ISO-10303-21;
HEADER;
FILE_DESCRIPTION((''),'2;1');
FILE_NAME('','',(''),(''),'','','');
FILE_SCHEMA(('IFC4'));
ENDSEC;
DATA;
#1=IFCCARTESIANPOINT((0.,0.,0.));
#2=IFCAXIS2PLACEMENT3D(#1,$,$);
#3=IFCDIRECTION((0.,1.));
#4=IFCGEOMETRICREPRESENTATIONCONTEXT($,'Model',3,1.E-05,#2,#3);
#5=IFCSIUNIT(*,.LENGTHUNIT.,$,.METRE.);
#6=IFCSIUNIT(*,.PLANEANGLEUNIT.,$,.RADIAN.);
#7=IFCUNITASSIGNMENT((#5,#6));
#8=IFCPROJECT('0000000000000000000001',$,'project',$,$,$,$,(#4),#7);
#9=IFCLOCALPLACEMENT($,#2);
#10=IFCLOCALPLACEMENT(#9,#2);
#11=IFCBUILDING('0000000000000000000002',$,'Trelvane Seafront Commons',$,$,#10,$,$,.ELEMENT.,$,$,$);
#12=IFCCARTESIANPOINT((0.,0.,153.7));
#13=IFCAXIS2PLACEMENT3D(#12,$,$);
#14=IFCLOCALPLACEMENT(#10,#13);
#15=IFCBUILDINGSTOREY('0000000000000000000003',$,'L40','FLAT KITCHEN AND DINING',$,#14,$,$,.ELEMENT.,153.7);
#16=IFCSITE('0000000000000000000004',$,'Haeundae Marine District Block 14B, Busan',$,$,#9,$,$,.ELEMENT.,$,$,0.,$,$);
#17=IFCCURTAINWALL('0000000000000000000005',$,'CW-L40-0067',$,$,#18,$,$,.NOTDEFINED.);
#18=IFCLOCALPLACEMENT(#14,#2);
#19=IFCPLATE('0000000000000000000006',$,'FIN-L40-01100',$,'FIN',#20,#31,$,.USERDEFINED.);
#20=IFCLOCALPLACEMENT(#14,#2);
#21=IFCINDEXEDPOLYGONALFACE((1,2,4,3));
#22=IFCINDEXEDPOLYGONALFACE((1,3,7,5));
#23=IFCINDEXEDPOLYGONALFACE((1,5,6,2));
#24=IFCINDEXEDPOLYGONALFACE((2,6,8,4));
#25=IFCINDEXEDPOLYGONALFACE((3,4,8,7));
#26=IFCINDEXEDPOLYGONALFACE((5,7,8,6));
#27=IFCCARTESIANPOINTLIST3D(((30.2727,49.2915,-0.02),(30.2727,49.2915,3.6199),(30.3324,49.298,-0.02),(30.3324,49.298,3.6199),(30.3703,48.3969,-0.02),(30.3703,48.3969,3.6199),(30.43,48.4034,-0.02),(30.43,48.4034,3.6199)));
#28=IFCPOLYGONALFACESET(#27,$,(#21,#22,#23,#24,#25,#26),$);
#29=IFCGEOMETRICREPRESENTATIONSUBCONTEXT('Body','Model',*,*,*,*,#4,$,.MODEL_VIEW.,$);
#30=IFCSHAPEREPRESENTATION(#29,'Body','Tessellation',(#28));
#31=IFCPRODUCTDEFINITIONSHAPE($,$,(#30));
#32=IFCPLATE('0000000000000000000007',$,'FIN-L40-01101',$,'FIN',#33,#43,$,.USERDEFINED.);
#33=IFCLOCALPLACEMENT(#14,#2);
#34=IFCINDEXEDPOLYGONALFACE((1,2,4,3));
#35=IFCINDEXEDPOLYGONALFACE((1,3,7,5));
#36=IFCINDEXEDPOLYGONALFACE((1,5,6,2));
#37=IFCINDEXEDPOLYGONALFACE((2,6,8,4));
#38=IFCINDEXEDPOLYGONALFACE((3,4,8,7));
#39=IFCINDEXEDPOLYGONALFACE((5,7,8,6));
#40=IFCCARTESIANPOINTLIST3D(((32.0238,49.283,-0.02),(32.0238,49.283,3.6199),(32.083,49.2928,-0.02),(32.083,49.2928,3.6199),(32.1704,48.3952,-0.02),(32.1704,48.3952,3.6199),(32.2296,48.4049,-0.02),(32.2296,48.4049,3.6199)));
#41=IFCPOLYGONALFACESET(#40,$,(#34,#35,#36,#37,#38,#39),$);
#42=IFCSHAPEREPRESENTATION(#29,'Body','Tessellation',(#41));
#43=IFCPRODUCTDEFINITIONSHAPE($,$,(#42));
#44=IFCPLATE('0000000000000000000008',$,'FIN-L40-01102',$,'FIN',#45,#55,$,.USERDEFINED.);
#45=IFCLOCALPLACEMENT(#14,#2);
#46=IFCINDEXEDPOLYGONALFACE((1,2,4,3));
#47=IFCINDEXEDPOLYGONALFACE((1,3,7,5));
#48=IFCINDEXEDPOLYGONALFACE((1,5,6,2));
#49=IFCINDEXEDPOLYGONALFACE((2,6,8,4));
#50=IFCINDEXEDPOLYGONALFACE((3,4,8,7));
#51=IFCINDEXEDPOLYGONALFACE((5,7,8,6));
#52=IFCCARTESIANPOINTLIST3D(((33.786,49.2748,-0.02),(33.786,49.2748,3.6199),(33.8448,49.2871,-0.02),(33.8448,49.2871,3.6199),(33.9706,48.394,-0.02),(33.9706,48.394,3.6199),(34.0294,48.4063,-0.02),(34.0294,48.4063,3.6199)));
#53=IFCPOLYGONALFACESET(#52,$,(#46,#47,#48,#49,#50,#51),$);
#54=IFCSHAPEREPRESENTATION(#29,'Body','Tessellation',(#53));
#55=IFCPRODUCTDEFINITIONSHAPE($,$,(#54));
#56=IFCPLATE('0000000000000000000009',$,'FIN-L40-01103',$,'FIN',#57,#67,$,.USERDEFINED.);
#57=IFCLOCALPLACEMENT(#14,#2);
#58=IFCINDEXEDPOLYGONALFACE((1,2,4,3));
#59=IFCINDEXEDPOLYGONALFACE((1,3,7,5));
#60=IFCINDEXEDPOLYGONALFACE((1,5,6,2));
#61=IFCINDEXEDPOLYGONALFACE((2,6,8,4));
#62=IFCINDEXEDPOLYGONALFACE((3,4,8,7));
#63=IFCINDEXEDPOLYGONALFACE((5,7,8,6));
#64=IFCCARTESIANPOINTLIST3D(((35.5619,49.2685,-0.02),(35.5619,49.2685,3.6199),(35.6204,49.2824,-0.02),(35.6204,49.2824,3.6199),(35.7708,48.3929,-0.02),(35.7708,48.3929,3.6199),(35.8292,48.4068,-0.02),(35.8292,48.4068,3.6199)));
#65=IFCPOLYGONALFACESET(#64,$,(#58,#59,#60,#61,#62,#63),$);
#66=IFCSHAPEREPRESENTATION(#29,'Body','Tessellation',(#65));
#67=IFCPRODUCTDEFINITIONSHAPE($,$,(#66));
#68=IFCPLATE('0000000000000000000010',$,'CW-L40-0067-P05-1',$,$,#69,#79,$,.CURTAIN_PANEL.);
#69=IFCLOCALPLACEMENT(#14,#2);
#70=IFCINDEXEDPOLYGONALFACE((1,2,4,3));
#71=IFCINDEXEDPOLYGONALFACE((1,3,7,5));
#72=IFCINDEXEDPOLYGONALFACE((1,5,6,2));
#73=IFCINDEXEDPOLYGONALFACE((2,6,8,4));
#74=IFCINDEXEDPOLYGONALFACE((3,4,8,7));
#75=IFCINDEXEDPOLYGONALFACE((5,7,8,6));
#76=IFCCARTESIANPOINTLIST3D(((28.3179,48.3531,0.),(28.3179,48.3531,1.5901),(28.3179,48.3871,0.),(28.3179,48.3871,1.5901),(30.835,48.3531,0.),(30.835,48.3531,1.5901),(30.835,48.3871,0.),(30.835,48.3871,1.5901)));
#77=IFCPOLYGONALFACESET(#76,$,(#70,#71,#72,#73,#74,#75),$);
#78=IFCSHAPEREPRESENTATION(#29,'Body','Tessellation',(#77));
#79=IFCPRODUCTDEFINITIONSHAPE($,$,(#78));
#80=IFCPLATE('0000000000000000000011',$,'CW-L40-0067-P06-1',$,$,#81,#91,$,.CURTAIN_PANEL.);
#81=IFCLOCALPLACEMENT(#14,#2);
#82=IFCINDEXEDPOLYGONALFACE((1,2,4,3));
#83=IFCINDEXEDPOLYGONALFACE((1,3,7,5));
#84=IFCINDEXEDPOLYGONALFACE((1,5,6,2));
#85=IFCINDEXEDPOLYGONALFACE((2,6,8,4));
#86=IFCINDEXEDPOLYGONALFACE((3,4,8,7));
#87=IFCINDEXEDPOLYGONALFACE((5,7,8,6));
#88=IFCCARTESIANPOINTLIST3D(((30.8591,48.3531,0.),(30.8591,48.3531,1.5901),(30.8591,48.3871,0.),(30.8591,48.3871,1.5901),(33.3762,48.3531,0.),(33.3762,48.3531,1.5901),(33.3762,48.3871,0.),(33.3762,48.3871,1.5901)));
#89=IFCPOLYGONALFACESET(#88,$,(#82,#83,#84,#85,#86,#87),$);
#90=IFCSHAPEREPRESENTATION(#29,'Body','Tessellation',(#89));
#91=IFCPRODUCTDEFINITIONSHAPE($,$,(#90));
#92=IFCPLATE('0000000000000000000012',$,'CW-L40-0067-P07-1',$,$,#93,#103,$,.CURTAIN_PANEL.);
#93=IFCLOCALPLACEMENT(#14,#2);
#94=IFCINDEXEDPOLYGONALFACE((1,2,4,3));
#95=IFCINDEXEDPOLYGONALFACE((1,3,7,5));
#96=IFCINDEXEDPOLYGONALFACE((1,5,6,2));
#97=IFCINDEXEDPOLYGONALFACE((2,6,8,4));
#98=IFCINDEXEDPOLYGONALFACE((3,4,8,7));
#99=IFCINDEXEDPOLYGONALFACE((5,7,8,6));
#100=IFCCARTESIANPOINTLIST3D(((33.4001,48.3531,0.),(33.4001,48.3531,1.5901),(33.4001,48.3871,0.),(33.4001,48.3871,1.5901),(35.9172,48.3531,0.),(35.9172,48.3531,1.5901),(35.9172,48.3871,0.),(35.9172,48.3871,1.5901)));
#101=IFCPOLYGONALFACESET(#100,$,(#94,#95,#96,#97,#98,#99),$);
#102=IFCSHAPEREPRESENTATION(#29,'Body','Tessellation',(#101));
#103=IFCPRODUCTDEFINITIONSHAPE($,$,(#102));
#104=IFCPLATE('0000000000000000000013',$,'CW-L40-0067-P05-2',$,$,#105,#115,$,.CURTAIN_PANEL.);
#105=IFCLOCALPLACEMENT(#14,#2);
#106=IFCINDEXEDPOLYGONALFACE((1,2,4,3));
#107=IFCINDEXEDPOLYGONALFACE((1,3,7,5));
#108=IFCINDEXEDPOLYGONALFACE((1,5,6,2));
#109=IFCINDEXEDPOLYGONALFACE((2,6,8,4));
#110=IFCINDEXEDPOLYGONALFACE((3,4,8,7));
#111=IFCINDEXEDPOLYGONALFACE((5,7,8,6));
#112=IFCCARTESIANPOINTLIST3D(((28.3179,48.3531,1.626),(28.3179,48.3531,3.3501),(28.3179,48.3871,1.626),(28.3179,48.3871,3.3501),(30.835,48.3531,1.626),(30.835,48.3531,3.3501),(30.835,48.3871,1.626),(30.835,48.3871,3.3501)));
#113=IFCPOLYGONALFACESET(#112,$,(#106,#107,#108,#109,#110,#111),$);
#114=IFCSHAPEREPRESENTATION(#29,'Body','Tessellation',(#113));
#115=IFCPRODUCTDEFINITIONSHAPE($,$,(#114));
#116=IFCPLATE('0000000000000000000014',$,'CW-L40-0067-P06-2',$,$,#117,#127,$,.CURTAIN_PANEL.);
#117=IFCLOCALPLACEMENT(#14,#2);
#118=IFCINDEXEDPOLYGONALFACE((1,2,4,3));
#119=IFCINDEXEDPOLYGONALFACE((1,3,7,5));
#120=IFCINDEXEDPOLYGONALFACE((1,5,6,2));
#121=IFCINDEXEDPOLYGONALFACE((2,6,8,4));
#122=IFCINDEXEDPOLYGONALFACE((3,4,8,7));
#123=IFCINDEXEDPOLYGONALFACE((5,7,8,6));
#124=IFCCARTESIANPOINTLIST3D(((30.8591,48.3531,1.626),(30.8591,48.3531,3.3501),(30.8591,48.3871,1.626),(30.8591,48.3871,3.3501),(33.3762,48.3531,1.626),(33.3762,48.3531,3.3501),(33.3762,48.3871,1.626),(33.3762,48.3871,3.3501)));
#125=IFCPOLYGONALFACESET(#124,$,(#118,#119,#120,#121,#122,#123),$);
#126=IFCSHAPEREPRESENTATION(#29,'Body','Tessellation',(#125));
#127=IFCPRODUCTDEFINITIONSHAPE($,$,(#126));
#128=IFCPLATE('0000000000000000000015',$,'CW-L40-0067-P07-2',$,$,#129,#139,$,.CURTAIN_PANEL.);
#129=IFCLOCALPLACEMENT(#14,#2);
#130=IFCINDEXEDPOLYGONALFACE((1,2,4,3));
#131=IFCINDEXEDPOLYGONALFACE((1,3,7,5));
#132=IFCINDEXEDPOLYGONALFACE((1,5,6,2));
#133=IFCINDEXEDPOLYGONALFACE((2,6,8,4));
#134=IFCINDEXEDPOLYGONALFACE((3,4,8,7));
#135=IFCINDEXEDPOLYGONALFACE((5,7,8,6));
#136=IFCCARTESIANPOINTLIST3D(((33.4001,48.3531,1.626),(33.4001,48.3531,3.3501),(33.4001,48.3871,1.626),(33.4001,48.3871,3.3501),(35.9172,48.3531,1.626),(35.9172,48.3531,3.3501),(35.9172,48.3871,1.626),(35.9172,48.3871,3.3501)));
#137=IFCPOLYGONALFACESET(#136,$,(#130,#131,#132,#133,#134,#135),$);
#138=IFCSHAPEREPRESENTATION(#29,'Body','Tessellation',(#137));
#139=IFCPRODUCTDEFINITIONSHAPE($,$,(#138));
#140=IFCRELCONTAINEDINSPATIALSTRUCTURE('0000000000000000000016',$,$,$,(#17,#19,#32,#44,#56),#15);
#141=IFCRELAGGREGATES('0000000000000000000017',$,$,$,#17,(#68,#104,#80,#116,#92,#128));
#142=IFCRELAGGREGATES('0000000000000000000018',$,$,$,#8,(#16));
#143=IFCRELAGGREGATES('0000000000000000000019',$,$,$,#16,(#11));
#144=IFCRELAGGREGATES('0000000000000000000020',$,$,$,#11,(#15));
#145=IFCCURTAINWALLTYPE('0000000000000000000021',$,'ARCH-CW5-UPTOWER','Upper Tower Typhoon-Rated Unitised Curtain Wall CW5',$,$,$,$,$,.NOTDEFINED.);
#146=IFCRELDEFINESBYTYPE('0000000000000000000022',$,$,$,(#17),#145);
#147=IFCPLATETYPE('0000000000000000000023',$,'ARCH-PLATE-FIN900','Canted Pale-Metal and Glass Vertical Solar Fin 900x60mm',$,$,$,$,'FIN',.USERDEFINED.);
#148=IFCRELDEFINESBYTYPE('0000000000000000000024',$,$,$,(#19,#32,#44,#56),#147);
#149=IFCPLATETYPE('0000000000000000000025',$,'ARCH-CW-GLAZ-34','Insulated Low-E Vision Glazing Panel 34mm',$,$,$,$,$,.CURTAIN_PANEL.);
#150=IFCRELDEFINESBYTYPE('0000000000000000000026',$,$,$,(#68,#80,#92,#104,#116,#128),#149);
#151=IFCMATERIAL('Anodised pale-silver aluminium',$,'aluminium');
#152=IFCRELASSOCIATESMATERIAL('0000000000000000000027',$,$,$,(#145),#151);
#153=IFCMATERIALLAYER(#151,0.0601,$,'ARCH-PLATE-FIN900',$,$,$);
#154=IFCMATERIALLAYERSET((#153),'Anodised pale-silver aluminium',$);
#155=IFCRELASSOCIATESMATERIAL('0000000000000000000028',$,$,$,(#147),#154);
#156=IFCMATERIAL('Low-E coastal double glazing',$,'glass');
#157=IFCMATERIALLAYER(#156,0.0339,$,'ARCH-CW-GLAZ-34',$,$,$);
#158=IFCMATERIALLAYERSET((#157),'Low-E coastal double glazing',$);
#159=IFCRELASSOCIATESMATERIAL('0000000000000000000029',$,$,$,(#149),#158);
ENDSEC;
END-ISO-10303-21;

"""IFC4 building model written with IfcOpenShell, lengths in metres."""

from ifc_helpers import new_model, si_unit, direction, frame, origin, origin_2d, place, context, subcontext, project, spatial, rectangle, extrude, source, transform, mapped, material, layer, layer_set, type_object, element, aggregate, save


model = new_model("IFC4")

# Units and contexts
model_context = context("Model", 3, precision=1e-05, world=origin(), true_north=direction((0.0, 1.0)))
body_context = subcontext(model_context, "Body", "Model", "MODEL_VIEW")
ifc_project = project(units=[si_unit("LENGTHUNIT", "METRE"), si_unit("PLANEANGLEUNIT", "RADIAN")], contexts=[model_context])

# Site, building, storey
site_placement = place(None, origin())
site = spatial("IfcSite", under=ifc_project, at=site_placement, Name="Haeundae Marine District Block 14B, Busan", CompositionType="ELEMENT", RefElevation=0.0)
building_placement = place(site_placement, origin())
building = spatial("IfcBuilding", under=site, at=building_placement, Name="Trelvane Seafront Commons", CompositionType="ELEMENT")
storey_placement = place(building_placement, frame((0.0, 0.0, 153.7)))
storey = spatial("IfcBuildingStorey", under=building, at=storey_placement, Name="L40", Description="FLAT KITCHEN AND DINING", CompositionType="ELEMENT", Elevation=153.7)

# Curtain wall
ifc_material_1 = material(Name="Anodised pale-silver aluminium", Category="aluminium")
curtain_wall_type = type_object("IfcCurtainWallType", Name="ARCH-CW5-UPTOWER", Description="Upper Tower Typhoon-Rated Unitised Curtain Wall CW5", PredefinedType="NOTDEFINED", material=ifc_material_1)
curtain_wall_placement = place(storey_placement, origin())
curtain_wall = element("IfcCurtainWall", 1, at=curtain_wall_placement, inside=storey, type_object=curtain_wall_type, Name="CW-L40-0067", PredefinedType="NOTDEFINED")

# Plates
ifc_layer_1 = layer(ifc_material_1, 0.0601, Name="ARCH-PLATE-FIN900")
ifc_layer_set_1 = layer_set([ifc_layer_1], Name="Anodised pale-silver aluminium")
plate_type_1 = type_object("IfcPlateType", Name="ARCH-PLATE-FIN900", Description="Canted Pale-Metal and Glass Vertical Solar Fin 900x60mm", ElementType="FIN", PredefinedType="USERDEFINED", material=ifc_layer_set_1)
shared_shape_1 = source(origin(), body_context, "Body", "SweptSolid", [
    extrude(rectangle(XDim=0.8999, YDim=0.0601, at=origin_2d()), origin(), (0.0, 0.0, 1.0), 3.6399),
])
for number, where, z_axis, x_axis, name in (
    (2, (30.3513, 48.8474, -0.02), (0.0, 0.0, 1.0), (-0.108444, 0.994103, 0.0), "FIN-L40-01100"),
    (3, (32.1267, 48.844, -0.02), (0.0, 0.0, 1.0), (-0.162885, 0.986645, 0.0), "FIN-L40-01101"),
    (4, (33.9077, 48.8406, -0.02), (0.0, 0.0, 1.0), (-0.205103, 0.97874, 0.0), "FIN-L40-01102"),
):
    element("IfcPlate", number, at=place(storey_placement, frame(where, z_axis=z_axis, x_axis=x_axis)), inside=storey, type_object=plate_type_1, Name=name, ObjectType="FIN", PredefinedType="USERDEFINED", context=body_context, shape_type="MappedRepresentation", body=[
        mapped(shared_shape_1, transform((0.0, 0.0, 0.0), x_axis=(1.0, 0.0, 0.0), y_axis=(0.0, 1.0, 0.0), z_axis=(0.0, 0.0, 1.0), scale=1.0)),
    ])
shared_shape_2 = source(origin(), body_context, "Body", "SweptSolid", [
    extrude(rectangle(XDim=0.9001, YDim=0.0601, at=origin_2d()), origin(), (0.0, 0.0, 1.0), 3.6399),
])
plate_1_placement = place(storey_placement, frame((35.6956, 48.8376, -0.02), z_axis=(0.0, 0.0, 1.0), x_axis=(-0.231986, 0.972719, 0.0)))
element("IfcPlate", 5, at=plate_1_placement, inside=storey, type_object=plate_type_1, Name="FIN-L40-01103", ObjectType="FIN", PredefinedType="USERDEFINED", context=body_context, shape_type="MappedRepresentation", body=[
    mapped(shared_shape_2, transform((0.0, 0.0, 0.0), x_axis=(1.0, 0.0, 0.0), y_axis=(0.0, 1.0, 0.0), z_axis=(0.0, 0.0, 1.0), scale=1.0)),
])

# Plates
ifc_material_2 = material(Name="Low-E coastal double glazing", Category="glass")
ifc_layer_2 = layer(ifc_material_2, 0.0339, Name="ARCH-CW-GLAZ-34")
ifc_layer_set_2 = layer_set([ifc_layer_2], Name="Low-E coastal double glazing")
plate_type_2 = type_object("IfcPlateType", Name="ARCH-CW-GLAZ-34", Description="Insulated Low-E Vision Glazing Panel 34mm", PredefinedType="CURTAIN_PANEL", material=ifc_layer_set_2)
shared_shape_3 = source(origin(), body_context, "Body", "SweptSolid", [
    extrude(rectangle(XDim=2.5171, YDim=0.0339, at=origin_2d()), origin(), (0.0, 0.0, 1.0), 1.5901),
])
plate_2_placement = place(storey_placement, frame((29.5764, 48.3701, 0.0), z_axis=(0.0, 0.0, 1.0), x_axis=(1.0, 0.0, 0.0)))
plate_2 = element("IfcPlate", 6, at=plate_2_placement, type_object=plate_type_2, Name="CW-L40-0067-P05-1", PredefinedType="CURTAIN_PANEL", context=body_context, shape_type="MappedRepresentation", body=[
    mapped(shared_shape_3, transform((0.0, 0.0, 0.0), x_axis=(1.0, 0.0, 0.0), y_axis=(0.0, 1.0, 0.0), z_axis=(0.0, 0.0, 1.0), scale=1.0)),
])
plate_3_placement = place(storey_placement, frame((32.1177, 48.3701, 0.0), z_axis=(0.0, 0.0, 1.0), x_axis=(1.0, 0.0, 0.0)))
plate_3 = element("IfcPlate", 7, at=plate_3_placement, type_object=plate_type_2, Name="CW-L40-0067-P06-1", PredefinedType="CURTAIN_PANEL", context=body_context, shape_type="MappedRepresentation", body=[
    mapped(shared_shape_3, transform((0.0, 0.0, 0.0), x_axis=(1.0, 0.0, 0.0), y_axis=(0.0, 1.0, 0.0), z_axis=(0.0, 0.0, 1.0), scale=1.0)),
])
plate_4_placement = place(storey_placement, frame((34.6587, 48.3701, 0.0), z_axis=(0.0, 0.0, 1.0), x_axis=(1.0, 0.0, 0.0)))
plate_4 = element("IfcPlate", 8, at=plate_4_placement, type_object=plate_type_2, Name="CW-L40-0067-P07-1", PredefinedType="CURTAIN_PANEL", context=body_context, shape_type="MappedRepresentation", body=[
    mapped(shared_shape_3, transform((0.0, 0.0, 0.0), x_axis=(1.0, 0.0, 0.0), y_axis=(0.0, 1.0, 0.0), z_axis=(0.0, 0.0, 1.0), scale=1.0)),
])
shared_shape_4 = source(origin(), body_context, "Body", "SweptSolid", [
    extrude(rectangle(XDim=2.5171, YDim=0.0339, at=origin_2d()), origin(), (0.0, 0.0, 1.0), 1.7241),
])
plate_5_placement = place(storey_placement, frame((29.5764, 48.3701, 1.626), z_axis=(0.0, 0.0, 1.0), x_axis=(1.0, 0.0, 0.0)))
plate_5 = element("IfcPlate", 9, at=plate_5_placement, type_object=plate_type_2, Name="CW-L40-0067-P05-2", PredefinedType="CURTAIN_PANEL", context=body_context, shape_type="MappedRepresentation", body=[
    mapped(shared_shape_4, transform((0.0, 0.0, 0.0), x_axis=(1.0, 0.0, 0.0), y_axis=(0.0, 1.0, 0.0), z_axis=(0.0, 0.0, 1.0), scale=1.0)),
])
plate_6_placement = place(storey_placement, frame((32.1177, 48.3701, 1.626), z_axis=(0.0, 0.0, 1.0), x_axis=(1.0, 0.0, 0.0)))
plate_6 = element("IfcPlate", 10, at=plate_6_placement, type_object=plate_type_2, Name="CW-L40-0067-P06-2", PredefinedType="CURTAIN_PANEL", context=body_context, shape_type="MappedRepresentation", body=[
    mapped(shared_shape_4, transform((0.0, 0.0, 0.0), x_axis=(1.0, 0.0, 0.0), y_axis=(0.0, 1.0, 0.0), z_axis=(0.0, 0.0, 1.0), scale=1.0)),
])
plate_7_placement = place(storey_placement, frame((34.6587, 48.3701, 1.626), z_axis=(0.0, 0.0, 1.0), x_axis=(1.0, 0.0, 0.0)))
plate_7 = element("IfcPlate", 11, at=plate_7_placement, type_object=plate_type_2, Name="CW-L40-0067-P07-2", PredefinedType="CURTAIN_PANEL", context=body_context, shape_type="MappedRepresentation", body=[
    mapped(shared_shape_4, transform((0.0, 0.0, 0.0), x_axis=(1.0, 0.0, 0.0), y_axis=(0.0, 1.0, 0.0), z_axis=(0.0, 0.0, 1.0), scale=1.0)),
])
aggregate(curtain_wall, [plate_2, plate_5, plate_3, plate_6, plate_4, plate_7])

save(model, "model.ifc")
